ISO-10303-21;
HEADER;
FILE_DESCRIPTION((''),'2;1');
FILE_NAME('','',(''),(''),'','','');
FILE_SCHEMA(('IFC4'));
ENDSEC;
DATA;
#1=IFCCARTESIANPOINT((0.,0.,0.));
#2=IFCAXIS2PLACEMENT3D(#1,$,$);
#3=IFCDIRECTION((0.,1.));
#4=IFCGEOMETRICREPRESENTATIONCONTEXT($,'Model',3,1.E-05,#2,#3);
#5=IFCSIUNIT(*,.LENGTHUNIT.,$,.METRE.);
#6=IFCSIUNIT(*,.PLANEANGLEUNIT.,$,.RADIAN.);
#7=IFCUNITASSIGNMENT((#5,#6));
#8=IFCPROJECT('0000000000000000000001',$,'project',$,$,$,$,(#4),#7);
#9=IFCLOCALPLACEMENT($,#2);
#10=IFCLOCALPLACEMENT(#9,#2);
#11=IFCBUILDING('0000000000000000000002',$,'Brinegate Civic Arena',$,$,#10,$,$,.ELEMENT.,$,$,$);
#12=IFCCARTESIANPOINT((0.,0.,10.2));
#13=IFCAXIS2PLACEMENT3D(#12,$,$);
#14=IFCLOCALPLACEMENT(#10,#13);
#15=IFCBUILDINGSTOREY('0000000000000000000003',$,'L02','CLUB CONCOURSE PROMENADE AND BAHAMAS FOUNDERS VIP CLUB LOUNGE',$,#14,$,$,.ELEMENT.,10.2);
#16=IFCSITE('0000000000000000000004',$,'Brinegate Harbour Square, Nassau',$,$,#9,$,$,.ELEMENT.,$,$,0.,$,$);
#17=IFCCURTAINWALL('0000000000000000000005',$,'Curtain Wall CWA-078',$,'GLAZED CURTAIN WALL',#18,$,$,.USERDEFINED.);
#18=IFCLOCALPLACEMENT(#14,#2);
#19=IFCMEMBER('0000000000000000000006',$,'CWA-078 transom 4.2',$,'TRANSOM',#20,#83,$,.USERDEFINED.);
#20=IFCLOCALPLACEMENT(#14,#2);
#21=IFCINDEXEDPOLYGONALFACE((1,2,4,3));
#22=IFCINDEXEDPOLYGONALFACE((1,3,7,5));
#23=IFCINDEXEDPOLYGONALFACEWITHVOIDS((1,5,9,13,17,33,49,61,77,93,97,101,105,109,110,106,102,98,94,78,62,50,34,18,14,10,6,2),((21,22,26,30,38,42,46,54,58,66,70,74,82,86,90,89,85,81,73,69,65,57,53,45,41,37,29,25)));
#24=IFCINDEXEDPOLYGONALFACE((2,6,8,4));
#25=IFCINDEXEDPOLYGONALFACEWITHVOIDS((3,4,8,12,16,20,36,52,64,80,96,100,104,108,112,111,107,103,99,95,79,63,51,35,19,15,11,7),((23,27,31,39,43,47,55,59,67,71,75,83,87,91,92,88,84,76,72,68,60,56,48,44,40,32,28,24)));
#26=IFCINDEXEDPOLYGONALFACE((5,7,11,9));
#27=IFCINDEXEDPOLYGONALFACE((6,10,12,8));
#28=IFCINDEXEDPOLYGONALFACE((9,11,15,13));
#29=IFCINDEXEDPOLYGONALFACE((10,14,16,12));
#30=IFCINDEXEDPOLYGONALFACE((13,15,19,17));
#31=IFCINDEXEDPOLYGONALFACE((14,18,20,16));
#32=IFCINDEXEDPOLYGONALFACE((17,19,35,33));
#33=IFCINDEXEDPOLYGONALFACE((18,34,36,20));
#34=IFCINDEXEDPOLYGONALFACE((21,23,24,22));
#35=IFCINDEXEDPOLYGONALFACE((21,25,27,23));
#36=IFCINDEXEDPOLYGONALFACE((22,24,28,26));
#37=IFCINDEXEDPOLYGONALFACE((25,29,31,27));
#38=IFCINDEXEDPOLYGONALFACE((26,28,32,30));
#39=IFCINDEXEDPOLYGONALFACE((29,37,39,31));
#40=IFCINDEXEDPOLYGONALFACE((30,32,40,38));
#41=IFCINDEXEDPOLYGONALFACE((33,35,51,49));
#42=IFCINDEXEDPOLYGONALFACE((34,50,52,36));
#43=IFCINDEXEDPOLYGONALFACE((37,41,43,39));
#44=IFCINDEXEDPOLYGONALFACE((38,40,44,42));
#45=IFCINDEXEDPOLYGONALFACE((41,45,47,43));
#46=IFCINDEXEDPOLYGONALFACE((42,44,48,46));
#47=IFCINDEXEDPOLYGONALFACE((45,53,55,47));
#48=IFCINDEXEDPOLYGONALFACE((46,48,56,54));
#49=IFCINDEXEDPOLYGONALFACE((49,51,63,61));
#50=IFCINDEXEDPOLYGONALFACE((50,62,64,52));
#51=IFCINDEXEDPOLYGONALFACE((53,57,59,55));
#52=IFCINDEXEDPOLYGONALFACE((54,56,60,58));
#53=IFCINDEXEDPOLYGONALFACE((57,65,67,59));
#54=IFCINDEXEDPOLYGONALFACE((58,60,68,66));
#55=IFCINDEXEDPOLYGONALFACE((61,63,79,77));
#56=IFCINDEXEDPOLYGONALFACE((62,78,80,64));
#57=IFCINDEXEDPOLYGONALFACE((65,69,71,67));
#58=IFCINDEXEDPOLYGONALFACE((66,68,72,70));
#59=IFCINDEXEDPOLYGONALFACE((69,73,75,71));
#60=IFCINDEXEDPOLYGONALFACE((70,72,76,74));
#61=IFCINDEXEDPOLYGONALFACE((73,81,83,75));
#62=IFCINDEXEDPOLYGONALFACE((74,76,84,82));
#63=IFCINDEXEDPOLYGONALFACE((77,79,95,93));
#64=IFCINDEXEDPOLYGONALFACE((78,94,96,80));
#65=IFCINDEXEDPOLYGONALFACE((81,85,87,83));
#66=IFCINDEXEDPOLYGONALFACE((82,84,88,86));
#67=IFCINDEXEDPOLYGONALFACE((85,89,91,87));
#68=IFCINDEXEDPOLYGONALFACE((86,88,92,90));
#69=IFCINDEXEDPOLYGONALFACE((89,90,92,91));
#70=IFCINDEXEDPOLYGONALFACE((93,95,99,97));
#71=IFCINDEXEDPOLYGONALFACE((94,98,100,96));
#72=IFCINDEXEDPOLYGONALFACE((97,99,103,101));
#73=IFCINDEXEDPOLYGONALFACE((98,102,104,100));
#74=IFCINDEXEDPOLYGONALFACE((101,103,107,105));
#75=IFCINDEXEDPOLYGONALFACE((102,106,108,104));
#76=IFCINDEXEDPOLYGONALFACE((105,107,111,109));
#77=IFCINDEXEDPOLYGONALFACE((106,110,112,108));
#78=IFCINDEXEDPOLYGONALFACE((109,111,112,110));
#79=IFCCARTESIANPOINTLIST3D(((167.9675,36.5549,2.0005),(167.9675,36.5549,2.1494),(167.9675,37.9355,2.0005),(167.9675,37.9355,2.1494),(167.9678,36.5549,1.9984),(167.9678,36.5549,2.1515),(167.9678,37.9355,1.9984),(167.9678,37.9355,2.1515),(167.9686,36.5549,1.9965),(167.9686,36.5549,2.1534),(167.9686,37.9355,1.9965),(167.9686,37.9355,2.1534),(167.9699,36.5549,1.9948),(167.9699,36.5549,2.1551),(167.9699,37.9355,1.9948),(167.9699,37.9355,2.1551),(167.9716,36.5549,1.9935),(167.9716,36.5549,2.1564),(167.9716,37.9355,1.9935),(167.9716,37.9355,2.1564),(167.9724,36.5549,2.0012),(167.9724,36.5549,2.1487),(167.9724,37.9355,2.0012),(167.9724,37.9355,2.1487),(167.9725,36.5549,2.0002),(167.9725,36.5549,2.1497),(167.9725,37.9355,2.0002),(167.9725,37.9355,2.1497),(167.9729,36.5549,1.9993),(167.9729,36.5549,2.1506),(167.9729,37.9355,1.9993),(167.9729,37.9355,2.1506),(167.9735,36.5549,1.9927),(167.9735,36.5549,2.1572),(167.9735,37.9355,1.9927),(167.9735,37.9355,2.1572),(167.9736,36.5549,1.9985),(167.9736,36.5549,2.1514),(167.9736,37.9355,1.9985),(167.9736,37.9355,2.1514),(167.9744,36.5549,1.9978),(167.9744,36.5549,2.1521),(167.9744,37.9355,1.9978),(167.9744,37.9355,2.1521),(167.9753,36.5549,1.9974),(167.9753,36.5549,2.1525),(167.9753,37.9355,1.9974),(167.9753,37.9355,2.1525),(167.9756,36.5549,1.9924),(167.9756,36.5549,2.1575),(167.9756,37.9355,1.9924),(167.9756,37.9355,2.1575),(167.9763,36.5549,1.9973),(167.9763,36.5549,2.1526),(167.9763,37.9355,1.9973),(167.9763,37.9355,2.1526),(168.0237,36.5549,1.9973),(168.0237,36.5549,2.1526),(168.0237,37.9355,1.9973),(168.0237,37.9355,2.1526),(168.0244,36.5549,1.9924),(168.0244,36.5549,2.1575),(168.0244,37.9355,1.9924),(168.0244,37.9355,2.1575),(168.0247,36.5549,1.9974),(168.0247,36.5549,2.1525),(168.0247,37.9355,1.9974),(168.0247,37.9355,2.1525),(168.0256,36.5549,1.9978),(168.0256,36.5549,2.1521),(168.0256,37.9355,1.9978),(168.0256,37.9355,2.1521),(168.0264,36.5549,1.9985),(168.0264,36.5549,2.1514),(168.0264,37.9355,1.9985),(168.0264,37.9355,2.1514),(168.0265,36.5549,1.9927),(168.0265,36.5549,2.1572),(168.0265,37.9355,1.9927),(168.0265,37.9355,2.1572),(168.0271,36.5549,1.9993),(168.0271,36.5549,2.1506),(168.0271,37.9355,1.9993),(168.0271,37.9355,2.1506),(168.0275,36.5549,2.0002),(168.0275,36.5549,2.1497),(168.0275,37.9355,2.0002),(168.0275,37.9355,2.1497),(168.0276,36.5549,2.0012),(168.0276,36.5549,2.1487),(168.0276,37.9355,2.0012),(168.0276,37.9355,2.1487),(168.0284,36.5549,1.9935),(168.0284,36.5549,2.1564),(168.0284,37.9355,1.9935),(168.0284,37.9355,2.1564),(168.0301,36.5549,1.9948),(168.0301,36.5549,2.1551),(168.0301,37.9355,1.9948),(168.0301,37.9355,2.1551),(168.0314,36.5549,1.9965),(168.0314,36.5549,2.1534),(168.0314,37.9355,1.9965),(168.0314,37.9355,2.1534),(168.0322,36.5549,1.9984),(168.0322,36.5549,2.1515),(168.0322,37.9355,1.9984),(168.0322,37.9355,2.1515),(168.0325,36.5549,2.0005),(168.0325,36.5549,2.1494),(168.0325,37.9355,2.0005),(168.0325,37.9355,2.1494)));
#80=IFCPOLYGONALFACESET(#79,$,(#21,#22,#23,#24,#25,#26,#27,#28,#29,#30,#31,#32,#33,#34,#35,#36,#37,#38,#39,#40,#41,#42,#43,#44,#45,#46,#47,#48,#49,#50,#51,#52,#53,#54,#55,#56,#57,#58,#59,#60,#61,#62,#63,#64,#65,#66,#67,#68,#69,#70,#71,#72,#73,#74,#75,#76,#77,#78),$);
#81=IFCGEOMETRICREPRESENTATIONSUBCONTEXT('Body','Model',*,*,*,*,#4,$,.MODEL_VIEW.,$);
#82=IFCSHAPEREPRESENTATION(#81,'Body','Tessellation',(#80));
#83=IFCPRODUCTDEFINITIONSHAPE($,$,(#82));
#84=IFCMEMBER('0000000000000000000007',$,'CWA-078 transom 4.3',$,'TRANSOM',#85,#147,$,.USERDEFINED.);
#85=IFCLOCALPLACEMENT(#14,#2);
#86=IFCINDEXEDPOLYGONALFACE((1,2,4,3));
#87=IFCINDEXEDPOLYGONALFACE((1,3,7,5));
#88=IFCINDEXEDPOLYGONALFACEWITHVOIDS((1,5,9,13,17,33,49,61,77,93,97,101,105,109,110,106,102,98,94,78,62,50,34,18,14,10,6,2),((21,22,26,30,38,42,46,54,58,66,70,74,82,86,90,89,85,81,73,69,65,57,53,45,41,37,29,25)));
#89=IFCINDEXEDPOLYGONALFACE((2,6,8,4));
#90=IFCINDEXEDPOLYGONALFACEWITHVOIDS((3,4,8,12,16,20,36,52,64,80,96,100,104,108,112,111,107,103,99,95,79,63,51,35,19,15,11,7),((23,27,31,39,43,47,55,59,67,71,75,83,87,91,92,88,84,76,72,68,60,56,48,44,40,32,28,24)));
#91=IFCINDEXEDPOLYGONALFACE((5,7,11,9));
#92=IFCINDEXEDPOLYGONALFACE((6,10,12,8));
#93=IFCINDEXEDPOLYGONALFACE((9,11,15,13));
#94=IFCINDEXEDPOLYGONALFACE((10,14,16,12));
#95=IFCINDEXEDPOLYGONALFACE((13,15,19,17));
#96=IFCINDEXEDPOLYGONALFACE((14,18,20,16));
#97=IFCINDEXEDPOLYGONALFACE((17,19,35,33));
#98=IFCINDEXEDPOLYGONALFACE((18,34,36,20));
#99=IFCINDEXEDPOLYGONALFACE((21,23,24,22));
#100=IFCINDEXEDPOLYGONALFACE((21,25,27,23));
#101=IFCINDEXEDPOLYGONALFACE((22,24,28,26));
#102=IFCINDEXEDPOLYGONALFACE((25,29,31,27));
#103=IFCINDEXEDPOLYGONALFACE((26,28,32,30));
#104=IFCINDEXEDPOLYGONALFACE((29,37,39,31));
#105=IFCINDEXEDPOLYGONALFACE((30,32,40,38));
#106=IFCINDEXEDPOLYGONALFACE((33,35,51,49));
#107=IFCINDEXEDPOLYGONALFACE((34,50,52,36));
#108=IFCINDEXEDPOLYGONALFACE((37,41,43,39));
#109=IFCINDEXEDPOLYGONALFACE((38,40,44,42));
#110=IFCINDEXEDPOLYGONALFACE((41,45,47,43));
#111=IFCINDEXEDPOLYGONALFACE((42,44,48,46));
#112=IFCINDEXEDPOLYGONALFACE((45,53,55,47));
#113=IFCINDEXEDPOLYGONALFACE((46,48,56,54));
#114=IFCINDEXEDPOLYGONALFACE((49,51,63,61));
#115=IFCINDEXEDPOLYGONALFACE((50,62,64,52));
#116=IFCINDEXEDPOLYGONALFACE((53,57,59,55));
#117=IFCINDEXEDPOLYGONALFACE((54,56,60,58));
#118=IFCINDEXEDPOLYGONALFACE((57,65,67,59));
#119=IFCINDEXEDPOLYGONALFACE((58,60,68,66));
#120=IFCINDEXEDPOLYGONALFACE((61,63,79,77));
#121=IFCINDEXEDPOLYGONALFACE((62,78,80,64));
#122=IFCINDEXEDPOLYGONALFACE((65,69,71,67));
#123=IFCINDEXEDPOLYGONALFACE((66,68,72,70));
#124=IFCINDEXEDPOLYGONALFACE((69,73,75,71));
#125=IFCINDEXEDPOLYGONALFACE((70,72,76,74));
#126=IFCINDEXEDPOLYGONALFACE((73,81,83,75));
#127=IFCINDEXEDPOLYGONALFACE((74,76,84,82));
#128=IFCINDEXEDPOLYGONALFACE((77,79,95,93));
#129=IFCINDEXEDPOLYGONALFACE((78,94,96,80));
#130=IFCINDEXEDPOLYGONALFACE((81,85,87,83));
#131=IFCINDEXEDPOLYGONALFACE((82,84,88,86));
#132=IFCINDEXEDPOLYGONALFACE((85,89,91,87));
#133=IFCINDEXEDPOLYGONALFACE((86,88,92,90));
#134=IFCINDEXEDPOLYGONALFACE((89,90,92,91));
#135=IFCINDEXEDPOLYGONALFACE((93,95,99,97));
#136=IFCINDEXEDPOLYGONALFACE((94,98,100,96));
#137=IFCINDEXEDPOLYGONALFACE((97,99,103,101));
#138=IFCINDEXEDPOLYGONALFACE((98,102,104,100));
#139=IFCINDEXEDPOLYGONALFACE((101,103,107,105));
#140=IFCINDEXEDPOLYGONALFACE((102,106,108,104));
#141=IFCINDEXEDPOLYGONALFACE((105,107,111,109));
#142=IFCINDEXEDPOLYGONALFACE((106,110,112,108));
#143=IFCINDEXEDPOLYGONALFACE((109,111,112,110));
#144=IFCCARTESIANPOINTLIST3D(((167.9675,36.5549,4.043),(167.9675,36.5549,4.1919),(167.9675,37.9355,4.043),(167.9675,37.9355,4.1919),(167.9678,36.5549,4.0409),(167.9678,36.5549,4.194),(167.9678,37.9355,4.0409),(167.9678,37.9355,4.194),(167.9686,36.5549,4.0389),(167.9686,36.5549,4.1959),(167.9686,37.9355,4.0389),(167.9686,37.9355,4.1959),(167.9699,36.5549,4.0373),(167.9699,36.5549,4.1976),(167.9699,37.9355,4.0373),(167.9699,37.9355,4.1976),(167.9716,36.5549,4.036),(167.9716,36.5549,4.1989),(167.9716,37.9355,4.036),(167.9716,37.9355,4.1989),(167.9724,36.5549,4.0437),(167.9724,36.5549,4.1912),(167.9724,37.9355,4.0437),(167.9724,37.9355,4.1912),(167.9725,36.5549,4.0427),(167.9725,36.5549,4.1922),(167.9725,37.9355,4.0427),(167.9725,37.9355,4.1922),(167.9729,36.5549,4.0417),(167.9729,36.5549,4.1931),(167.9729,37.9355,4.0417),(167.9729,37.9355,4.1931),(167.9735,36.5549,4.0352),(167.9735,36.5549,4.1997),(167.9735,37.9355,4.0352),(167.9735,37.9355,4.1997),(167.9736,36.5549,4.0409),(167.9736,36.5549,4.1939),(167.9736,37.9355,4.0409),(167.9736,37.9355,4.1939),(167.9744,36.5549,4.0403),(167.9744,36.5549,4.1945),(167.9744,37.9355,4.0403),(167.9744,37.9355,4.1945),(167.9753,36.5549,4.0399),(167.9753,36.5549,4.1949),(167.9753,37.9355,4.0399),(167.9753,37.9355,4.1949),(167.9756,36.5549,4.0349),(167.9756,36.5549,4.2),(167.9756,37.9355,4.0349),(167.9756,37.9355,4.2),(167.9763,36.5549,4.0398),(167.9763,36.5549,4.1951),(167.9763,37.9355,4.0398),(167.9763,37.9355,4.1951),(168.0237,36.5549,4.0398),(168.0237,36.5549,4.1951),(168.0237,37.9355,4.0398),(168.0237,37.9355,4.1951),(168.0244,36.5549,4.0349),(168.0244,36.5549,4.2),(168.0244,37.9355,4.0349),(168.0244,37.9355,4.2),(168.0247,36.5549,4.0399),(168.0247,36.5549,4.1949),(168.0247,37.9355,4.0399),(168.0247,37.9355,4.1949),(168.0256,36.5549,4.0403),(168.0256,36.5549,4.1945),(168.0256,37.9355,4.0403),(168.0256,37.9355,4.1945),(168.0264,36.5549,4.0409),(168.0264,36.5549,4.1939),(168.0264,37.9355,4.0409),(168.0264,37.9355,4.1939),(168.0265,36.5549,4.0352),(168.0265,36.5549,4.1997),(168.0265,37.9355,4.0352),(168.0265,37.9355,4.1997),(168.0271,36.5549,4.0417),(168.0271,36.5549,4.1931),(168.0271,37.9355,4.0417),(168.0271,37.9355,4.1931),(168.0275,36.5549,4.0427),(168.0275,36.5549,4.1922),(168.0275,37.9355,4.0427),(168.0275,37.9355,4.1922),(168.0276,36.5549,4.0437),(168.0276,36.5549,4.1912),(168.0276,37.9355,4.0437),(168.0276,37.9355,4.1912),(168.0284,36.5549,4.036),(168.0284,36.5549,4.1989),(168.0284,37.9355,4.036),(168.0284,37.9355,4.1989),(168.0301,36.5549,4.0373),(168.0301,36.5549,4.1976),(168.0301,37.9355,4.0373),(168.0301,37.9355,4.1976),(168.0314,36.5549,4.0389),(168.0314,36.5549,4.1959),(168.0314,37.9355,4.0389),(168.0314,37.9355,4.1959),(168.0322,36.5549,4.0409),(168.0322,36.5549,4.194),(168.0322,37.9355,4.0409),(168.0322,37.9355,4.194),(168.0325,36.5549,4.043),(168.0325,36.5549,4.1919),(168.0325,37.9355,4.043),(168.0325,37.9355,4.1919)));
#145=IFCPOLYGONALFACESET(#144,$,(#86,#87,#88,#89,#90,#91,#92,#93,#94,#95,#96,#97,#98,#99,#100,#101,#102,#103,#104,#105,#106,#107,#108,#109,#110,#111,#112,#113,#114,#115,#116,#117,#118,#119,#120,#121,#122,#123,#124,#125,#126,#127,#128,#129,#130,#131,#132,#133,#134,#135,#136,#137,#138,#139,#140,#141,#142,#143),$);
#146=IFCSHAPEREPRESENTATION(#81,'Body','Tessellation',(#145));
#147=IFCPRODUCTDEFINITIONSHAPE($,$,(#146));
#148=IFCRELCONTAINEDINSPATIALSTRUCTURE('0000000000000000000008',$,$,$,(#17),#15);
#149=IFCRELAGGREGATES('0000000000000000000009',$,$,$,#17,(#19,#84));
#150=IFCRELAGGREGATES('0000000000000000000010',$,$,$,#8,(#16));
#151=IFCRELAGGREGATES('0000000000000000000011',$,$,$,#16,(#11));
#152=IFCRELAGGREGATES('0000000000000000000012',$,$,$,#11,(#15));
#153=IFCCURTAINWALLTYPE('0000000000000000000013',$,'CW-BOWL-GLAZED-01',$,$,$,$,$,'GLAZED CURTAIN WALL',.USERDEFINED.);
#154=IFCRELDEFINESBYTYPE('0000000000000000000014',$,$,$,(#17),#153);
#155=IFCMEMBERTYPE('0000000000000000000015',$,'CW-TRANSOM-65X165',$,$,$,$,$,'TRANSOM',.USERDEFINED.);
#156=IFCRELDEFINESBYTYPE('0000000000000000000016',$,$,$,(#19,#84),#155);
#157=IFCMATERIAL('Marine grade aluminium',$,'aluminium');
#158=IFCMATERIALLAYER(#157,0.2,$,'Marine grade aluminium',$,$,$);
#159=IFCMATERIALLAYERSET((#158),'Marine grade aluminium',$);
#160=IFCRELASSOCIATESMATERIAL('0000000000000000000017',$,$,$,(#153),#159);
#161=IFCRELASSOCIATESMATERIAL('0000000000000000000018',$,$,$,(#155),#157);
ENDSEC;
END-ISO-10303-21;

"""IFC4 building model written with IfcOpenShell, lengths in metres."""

from ifc_helpers import new_model, si_unit, direction, frame, origin, origin_2d, place, context, subcontext, project, spatial, hollow_rectangle, extrude, material, layer, layer_set, material_profile, profile_set, type_object, element, aggregate, save


model = new_model("IFC4")

# Units and contexts
model_context = context("Model", 3, precision=1e-05, world=origin(), true_north=direction((0.0, 1.0)))
body_context = subcontext(model_context, "Body", "Model", "MODEL_VIEW")
ifc_project = project(units=[si_unit("LENGTHUNIT", "METRE"), si_unit("PLANEANGLEUNIT", "RADIAN")], contexts=[model_context])

# Site, building, storey
site_placement = place(None, origin())
site = spatial("IfcSite", under=ifc_project, at=site_placement, Name="Brinegate Harbour Square, Nassau", CompositionType="ELEMENT", RefElevation=0.0)
building_placement = place(site_placement, origin())
building = spatial("IfcBuilding", under=site, at=building_placement, Name="Brinegate Civic Arena", CompositionType="ELEMENT")
storey_placement = place(building_placement, frame((0.0, 0.0, 10.2)))
storey = spatial("IfcBuildingStorey", under=building, at=storey_placement, Name="L02", Description="CLUB CONCOURSE PROMENADE AND BAHAMAS FOUNDERS VIP CLUB LOUNGE", CompositionType="ELEMENT", Elevation=10.2)

# Curtain wall
ifc_material_1 = material(Name="Marine grade aluminium", Category="aluminium")
ifc_layer_1 = layer(ifc_material_1, 0.2, Name="Marine grade aluminium")
ifc_layer_set_1 = layer_set([ifc_layer_1], Name="Marine grade aluminium")
curtain_wall_type = type_object("IfcCurtainWallType", Name="CW-BOWL-GLAZED-01", ElementType="GLAZED CURTAIN WALL", PredefinedType="USERDEFINED", material=ifc_layer_set_1)
curtain_wall_1_placement = place(storey_placement, origin())
curtain_wall_1 = element("IfcCurtainWall", 1, at=curtain_wall_1_placement, inside=storey, type_object=curtain_wall_type, Name="Curtain Wall CWA-078", ObjectType="GLAZED CURTAIN WALL", PredefinedType="USERDEFINED")

# Members
ifc_material_profile_1 = material_profile(ifc_material_1, hollow_rectangle(XDim=0.0649, YDim=0.165, WallThickness=0.0049, InnerFilletRadius=0.0039, OuterFilletRadius=0.0081, at=origin_2d()), Name="TRN65X165")
ifc_profile_set_1 = profile_set([ifc_material_profile_1], Name="Marine grade aluminium")
member_type_1 = type_object("IfcMemberType", Name="CW-TRANSOM-65X165", ElementType="TRANSOM", PredefinedType="USERDEFINED", material=ifc_profile_set_1)
member_1_placement = place(storey_placement, frame((168.0, 36.5549, 2.075), z_axis=(0.0, 1.0, 0.0), x_axis=(-1.0, 0.0, 0.0)))
member_1 = element("IfcMember", 2, at=member_1_placement, type_object=member_type_1, Name="CWA-078 transom 4.2", ObjectType="TRANSOM", PredefinedType="USERDEFINED", context=body_context, shape_type="SweptSolid", body=[
    extrude(hollow_rectangle(XDim=0.0649, YDim=0.165, WallThickness=0.0049, InnerFilletRadius=0.0039, OuterFilletRadius=0.0081, at=origin_2d()), origin(), (0.0, 0.0, 1.0), 1.3806),
])
member_2_placement = place(storey_placement, frame((168.0, 36.5549, 4.1174), z_axis=(0.0, 1.0, 0.0), x_axis=(-1.0, 0.0, 0.0)))
member_2 = element("IfcMember", 3, at=member_2_placement, type_object=member_type_1, Name="CWA-078 transom 4.3", ObjectType="TRANSOM", PredefinedType="USERDEFINED", context=body_context, shape_type="SweptSolid", body=[
    extrude(hollow_rectangle(XDim=0.0649, YDim=0.165, WallThickness=0.0049, InnerFilletRadius=0.0039, OuterFilletRadius=0.0081, at=origin_2d()), origin(), (0.0, 0.0, 1.0), 1.3806),
])

aggregate(curtain_wall_1, [member_1, member_2])

save(model, "model.ifc")
